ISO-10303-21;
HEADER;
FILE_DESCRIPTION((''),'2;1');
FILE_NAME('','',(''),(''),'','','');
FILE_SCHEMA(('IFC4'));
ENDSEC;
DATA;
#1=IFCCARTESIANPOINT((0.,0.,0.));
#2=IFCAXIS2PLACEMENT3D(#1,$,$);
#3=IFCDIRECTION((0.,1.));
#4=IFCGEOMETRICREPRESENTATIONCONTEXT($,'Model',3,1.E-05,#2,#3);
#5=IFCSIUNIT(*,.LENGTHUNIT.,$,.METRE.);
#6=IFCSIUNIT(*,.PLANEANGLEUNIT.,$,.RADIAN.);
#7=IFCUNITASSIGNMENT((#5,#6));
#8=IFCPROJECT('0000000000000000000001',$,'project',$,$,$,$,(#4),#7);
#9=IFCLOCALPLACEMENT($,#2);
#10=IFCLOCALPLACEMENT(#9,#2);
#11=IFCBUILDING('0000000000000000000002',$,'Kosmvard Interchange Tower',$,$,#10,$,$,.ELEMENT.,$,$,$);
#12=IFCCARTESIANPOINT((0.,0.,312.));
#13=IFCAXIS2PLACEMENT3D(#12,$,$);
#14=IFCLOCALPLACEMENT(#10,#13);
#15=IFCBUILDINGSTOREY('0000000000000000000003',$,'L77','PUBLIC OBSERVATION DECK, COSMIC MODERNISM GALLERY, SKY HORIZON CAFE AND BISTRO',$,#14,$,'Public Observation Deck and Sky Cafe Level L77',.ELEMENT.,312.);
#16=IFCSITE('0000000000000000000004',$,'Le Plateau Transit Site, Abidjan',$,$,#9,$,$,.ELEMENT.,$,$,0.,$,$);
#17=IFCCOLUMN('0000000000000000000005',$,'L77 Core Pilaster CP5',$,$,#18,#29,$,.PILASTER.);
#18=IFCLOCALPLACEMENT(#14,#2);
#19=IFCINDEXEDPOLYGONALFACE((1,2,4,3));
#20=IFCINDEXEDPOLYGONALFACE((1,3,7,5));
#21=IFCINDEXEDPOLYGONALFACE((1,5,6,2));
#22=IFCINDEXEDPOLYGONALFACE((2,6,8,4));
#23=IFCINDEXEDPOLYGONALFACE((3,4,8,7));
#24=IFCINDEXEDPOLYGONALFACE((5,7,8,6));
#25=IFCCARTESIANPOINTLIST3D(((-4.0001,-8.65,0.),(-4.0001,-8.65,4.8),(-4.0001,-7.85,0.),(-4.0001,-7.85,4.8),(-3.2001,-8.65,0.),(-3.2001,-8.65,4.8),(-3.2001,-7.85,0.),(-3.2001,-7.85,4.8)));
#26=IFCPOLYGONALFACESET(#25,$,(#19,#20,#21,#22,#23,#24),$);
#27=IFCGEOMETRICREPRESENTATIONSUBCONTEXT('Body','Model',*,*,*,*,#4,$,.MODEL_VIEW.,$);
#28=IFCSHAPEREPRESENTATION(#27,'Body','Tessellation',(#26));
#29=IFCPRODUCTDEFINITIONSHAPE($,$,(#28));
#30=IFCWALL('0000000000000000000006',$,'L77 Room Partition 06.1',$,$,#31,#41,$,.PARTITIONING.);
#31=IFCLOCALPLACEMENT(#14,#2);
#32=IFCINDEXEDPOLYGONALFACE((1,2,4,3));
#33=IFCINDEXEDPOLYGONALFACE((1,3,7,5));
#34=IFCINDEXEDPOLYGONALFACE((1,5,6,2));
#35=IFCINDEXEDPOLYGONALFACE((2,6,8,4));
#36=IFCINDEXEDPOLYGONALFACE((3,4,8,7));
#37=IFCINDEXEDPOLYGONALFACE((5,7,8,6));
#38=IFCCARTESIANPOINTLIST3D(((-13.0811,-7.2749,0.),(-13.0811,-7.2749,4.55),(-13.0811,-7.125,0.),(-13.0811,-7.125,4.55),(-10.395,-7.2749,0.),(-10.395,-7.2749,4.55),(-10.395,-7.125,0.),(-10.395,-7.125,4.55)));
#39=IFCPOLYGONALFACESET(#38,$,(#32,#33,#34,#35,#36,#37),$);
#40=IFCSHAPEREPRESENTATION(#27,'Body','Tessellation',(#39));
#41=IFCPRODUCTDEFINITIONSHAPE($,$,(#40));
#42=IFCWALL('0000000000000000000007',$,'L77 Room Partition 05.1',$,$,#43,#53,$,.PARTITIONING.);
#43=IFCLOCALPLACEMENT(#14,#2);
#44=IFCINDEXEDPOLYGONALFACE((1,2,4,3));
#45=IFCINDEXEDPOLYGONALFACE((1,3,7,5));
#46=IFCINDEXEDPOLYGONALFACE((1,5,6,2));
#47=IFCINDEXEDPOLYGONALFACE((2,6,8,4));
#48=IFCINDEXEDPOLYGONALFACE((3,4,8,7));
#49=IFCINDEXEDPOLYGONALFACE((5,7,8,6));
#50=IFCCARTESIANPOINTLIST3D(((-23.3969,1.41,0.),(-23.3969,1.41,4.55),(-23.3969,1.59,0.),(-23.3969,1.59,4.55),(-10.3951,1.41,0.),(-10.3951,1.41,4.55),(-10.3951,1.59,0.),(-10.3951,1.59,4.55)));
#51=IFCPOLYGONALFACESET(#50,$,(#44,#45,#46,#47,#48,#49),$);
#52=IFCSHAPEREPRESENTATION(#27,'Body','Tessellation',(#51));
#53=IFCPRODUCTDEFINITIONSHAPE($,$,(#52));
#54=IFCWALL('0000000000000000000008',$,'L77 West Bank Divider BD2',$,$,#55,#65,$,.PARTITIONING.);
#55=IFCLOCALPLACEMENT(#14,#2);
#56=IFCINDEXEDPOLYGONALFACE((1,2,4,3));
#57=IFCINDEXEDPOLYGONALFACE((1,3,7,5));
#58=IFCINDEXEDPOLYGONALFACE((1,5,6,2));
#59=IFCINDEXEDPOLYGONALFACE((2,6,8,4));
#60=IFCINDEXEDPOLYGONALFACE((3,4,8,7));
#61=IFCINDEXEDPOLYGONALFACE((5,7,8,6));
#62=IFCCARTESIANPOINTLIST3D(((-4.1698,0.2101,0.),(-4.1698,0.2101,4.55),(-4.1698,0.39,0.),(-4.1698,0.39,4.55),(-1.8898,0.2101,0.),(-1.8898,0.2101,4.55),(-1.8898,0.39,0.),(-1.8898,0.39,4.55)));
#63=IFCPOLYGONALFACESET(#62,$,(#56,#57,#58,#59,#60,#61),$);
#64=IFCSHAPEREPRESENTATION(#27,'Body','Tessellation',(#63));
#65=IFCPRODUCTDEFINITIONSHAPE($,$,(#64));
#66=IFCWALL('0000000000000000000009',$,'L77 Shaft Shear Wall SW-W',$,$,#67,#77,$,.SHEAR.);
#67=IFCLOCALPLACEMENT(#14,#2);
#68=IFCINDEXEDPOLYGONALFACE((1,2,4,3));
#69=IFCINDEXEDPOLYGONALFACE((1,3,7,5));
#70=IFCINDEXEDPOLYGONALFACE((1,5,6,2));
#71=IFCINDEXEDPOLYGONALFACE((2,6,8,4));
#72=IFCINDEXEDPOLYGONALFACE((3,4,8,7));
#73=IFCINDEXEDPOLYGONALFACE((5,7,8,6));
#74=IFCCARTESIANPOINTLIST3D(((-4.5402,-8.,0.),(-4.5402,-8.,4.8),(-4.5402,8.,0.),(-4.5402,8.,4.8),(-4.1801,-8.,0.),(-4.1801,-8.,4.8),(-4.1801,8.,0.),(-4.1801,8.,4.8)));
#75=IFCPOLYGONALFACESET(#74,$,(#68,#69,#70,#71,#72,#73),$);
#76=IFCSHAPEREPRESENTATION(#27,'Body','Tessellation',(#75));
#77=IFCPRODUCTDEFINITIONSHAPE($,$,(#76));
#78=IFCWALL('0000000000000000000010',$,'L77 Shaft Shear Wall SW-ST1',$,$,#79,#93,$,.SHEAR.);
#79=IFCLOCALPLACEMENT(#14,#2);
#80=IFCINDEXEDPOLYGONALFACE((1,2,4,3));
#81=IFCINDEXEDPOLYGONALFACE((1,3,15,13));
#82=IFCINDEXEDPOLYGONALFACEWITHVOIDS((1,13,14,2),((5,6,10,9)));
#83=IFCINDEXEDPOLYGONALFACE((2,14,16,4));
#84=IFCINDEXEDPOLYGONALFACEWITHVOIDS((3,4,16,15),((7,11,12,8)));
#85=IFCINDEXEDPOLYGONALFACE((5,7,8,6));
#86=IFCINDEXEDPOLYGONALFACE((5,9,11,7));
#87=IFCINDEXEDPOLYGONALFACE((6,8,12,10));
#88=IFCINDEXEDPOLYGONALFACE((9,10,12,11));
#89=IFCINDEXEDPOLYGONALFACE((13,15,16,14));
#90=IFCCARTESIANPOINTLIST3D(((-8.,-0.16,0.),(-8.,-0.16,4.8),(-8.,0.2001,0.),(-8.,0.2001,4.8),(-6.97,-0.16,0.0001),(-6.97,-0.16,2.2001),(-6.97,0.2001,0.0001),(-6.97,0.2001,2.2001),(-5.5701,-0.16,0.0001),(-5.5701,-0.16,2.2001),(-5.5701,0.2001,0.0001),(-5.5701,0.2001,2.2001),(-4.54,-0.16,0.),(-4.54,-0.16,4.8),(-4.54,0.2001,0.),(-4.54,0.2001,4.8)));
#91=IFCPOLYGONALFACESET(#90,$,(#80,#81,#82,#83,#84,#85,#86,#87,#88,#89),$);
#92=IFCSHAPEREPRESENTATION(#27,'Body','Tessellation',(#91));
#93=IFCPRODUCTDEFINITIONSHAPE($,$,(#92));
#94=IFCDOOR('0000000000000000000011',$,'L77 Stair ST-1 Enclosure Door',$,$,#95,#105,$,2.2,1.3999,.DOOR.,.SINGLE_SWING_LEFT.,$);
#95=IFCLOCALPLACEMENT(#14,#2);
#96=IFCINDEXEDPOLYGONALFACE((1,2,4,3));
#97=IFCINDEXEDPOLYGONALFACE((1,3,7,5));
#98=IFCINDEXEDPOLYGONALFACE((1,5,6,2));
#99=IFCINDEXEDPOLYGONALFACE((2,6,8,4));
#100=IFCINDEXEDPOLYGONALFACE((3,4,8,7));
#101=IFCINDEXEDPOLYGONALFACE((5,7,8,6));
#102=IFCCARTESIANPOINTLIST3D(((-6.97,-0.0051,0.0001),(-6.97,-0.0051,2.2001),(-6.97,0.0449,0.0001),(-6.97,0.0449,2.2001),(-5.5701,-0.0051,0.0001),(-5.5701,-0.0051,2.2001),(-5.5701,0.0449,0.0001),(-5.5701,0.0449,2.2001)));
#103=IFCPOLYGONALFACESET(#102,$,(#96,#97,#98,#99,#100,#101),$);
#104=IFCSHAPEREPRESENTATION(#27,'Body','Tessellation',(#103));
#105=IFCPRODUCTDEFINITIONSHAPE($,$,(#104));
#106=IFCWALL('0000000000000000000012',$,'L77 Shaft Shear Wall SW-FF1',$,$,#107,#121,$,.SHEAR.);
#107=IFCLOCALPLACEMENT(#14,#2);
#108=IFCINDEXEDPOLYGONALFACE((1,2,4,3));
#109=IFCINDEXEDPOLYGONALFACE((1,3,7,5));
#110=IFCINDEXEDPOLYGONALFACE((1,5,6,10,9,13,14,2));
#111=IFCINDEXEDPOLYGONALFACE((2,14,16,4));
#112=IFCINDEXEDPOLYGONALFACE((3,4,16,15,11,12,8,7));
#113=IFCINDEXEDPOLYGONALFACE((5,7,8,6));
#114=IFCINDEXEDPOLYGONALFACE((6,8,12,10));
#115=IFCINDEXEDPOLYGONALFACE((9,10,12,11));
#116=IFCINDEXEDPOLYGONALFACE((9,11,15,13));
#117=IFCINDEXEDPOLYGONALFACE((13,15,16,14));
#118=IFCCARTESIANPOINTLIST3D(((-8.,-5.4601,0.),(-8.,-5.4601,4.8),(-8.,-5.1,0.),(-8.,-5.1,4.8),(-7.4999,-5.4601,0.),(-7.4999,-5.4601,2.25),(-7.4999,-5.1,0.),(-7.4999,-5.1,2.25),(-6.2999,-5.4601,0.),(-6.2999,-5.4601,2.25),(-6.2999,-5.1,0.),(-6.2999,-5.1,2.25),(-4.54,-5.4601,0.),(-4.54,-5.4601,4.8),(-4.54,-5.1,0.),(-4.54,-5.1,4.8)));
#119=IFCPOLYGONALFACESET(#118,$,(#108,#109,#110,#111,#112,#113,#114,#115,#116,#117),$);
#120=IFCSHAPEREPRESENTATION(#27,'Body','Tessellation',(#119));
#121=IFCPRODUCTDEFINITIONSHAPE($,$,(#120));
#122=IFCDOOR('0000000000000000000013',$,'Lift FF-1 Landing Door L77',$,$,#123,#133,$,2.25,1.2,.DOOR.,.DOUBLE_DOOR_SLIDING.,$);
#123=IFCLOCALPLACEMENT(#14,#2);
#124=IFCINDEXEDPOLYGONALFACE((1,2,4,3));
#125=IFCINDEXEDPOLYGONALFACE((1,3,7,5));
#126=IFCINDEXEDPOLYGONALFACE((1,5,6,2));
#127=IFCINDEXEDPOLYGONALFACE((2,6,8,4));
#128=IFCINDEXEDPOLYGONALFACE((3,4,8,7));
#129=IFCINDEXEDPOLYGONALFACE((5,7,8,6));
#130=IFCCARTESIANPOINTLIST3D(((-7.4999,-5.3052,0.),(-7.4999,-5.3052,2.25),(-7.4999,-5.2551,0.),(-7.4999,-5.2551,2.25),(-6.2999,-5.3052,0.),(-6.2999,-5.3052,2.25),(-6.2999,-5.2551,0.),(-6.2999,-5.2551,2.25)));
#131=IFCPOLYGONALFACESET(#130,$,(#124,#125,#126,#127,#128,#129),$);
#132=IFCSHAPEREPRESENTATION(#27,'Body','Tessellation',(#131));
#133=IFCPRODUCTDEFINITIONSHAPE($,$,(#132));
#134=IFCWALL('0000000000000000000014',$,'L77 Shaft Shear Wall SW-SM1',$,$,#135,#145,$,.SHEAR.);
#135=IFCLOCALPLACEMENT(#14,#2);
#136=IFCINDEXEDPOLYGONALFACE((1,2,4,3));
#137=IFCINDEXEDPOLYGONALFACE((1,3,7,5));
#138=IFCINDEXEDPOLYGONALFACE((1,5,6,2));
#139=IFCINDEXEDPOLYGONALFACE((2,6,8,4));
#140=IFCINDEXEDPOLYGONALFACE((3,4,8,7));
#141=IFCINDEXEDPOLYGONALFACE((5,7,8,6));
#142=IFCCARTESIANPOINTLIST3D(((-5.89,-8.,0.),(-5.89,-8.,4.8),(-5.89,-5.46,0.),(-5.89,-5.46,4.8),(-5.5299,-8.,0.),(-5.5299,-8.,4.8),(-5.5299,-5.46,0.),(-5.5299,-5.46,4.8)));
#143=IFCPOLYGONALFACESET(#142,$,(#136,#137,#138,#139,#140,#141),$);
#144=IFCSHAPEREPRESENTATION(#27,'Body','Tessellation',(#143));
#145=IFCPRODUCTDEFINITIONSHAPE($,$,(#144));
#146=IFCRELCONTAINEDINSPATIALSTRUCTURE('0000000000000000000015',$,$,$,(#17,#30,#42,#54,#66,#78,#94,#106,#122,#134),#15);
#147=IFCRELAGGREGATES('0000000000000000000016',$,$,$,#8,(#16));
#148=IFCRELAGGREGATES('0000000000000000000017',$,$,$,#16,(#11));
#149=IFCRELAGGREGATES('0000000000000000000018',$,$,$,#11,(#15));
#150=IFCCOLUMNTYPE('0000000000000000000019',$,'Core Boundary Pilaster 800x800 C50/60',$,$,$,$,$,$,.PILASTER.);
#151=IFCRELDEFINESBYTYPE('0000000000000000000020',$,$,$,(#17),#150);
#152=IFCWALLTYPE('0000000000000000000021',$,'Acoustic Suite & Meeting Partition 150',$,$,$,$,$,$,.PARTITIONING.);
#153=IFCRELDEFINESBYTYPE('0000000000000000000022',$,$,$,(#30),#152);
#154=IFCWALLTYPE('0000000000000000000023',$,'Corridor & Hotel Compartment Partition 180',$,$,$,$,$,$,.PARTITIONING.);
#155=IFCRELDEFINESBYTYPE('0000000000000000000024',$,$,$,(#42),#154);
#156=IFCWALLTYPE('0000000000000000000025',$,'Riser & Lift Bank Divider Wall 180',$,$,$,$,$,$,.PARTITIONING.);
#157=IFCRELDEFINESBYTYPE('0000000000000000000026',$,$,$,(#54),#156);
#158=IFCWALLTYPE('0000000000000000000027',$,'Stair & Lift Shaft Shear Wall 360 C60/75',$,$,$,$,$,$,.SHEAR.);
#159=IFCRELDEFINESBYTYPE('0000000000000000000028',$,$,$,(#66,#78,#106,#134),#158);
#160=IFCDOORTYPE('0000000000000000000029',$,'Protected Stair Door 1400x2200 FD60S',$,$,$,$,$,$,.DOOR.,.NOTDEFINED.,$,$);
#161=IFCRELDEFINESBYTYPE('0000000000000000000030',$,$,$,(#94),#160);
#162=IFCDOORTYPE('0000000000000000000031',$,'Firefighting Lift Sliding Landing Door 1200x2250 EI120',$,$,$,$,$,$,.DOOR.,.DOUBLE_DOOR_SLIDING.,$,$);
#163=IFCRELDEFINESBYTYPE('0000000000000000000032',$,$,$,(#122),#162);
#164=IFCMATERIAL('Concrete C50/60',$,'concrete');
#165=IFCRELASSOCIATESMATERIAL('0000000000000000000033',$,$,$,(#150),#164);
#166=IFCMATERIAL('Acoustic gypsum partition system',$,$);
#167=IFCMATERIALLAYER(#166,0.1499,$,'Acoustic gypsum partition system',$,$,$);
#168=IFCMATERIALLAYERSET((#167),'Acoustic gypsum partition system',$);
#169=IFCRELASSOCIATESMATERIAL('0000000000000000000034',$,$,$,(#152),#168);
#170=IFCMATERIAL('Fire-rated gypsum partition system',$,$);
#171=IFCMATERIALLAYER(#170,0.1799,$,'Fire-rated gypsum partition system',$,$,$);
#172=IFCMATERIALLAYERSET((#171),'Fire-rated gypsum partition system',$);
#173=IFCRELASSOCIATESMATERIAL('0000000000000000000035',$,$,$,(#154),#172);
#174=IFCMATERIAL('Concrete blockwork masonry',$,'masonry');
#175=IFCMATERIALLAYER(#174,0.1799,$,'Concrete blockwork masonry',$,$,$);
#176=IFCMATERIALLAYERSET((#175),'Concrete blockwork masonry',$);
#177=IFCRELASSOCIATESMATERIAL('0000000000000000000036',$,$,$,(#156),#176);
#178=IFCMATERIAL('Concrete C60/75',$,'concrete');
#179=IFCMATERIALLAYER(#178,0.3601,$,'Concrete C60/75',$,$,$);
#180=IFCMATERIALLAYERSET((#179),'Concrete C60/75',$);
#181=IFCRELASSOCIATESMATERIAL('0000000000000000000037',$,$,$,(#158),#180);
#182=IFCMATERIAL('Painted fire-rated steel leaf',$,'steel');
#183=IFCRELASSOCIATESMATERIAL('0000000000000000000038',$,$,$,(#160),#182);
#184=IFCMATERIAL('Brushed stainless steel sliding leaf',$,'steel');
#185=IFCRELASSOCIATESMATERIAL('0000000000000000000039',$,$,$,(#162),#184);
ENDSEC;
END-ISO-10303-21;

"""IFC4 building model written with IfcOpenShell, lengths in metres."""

from ifc_helpers import new_model, si_unit, direction, frame, frame_2d, origin, origin_2d, place, context, subcontext, project, spatial, rectangle, extrude, source, transform, mapped, material, layer, layer_set, material_profile, profile_set, type_object, element, fill, save


model = new_model("IFC4")

# Units and contexts
model_context = context("Model", 3, precision=1e-05, world=origin(), true_north=direction((0.0, 1.0)))
body_context = subcontext(model_context, "Body", "Model", "MODEL_VIEW")
ifc_project = project(units=[si_unit("LENGTHUNIT", "METRE"), si_unit("PLANEANGLEUNIT", "RADIAN")], contexts=[model_context])

# Site, building, storey
site_placement = place(None, origin())
site = spatial("IfcSite", under=ifc_project, at=site_placement, Name="Le Plateau Transit Site, Abidjan", CompositionType="ELEMENT", RefElevation=0.0)
building_placement = place(site_placement, origin())
building = spatial("IfcBuilding", under=site, at=building_placement, Name="Kosmvard Interchange Tower", CompositionType="ELEMENT")
storey_placement = place(building_placement, frame((0.0, 0.0, 312.0)))
storey = spatial("IfcBuildingStorey", under=building, at=storey_placement, Name="L77", Description="PUBLIC OBSERVATION DECK, COSMIC MODERNISM GALLERY, SKY HORIZON CAFE AND BISTRO", LongName="Public Observation Deck and Sky Cafe Level L77", CompositionType="ELEMENT", Elevation=312.0)

# Column
ifc_material_1 = material(Name="Concrete C50/60", Category="concrete")
ifc_material_profile = material_profile(ifc_material_1, rectangle(XDim=0.8, YDim=0.8, at=origin_2d()), Name="CP 800x800")
ifc_profile_set = profile_set([ifc_material_profile], Name="Concrete C50/60")
column_type = type_object("IfcColumnType", Name="Core Boundary Pilaster 800x800 C50/60", PredefinedType="PILASTER", material=ifc_profile_set)
shared_shape_1 = source(origin(), body_context, "Body", "SweptSolid", [
    extrude(rectangle(XDim=0.8, YDim=0.8, at=origin_2d()), origin(), (0.0, 0.0, 1.0), 4.8),
])
column_placement = place(storey_placement, frame((-3.6001, -8.25, 0.0), z_axis=(0.0, 0.0, 1.0), x_axis=(1.0, 0.0, 0.0)))
element("IfcColumn", 1, at=column_placement, inside=storey, type_object=column_type, Name="L77 Core Pilaster CP5", PredefinedType="PILASTER", context=body_context, shape_type="MappedRepresentation", body=[
    mapped(shared_shape_1, transform((0.0, 0.0, 0.0), scale=1.0)),
])

# Walls
ifc_material_2 = material(Name="Acoustic gypsum partition system")
ifc_layer_1 = layer(ifc_material_2, 0.1499, Name="Acoustic gypsum partition system")
ifc_layer_set_1 = layer_set([ifc_layer_1], Name="Acoustic gypsum partition system")
wall_type_1 = type_object("IfcWallType", Name="Acoustic Suite & Meeting Partition 150", PredefinedType="PARTITIONING", material=ifc_layer_set_1)
wall_1_placement = place(storey_placement, frame((-10.395, -7.2, 0.0), z_axis=(0.0, 0.0, 1.0), x_axis=(-1.0, 0.0, 0.0)))
element("IfcWall", 2, at=wall_1_placement, inside=storey, type_object=wall_type_1, Name="L77 Room Partition 06.1", PredefinedType="PARTITIONING", context=body_context, shape_type="SweptSolid", body=[
    extrude(rectangle(XDim=2.686, YDim=0.1499, at=frame_2d((1.343, 0.0))), origin(), (0.0, 0.0, 1.0), 4.55),
])
ifc_material_3 = material(Name="Fire-rated gypsum partition system")
ifc_layer_2 = layer(ifc_material_3, 0.1799, Name="Fire-rated gypsum partition system")
ifc_layer_set_2 = layer_set([ifc_layer_2], Name="Fire-rated gypsum partition system")
wall_type_2 = type_object("IfcWallType", Name="Corridor & Hotel Compartment Partition 180", PredefinedType="PARTITIONING", material=ifc_layer_set_2)
wall_2_placement = place(storey_placement, frame((-10.395, 1.5, 0.0), z_axis=(0.0, 0.0, 1.0), x_axis=(-1.0, 0.0, 0.0)))
element("IfcWall", 3, at=wall_2_placement, inside=storey, type_object=wall_type_2, Name="L77 Room Partition 05.1", PredefinedType="PARTITIONING", context=body_context, shape_type="SweptSolid", body=[
    extrude(rectangle(XDim=13.0017, YDim=0.1799, at=frame_2d((6.501, 0.0))), origin(), (0.0, 0.0, 1.0), 4.55),
])
ifc_material_4 = material(Name="Concrete blockwork masonry", Category="masonry")
ifc_layer_3 = layer(ifc_material_4, 0.1799, Name="Concrete blockwork masonry")
ifc_layer_set_3 = layer_set([ifc_layer_3], Name="Concrete blockwork masonry")
wall_type_3 = type_object("IfcWallType", Name="Riser & Lift Bank Divider Wall 180", PredefinedType="PARTITIONING", material=ifc_layer_set_3)
wall_3_placement = place(storey_placement, frame((-4.1699, 0.3, 0.0), z_axis=(0.0, 0.0, 1.0), x_axis=(1.0, 0.0, 0.0)))
element("IfcWall", 4, at=wall_3_placement, inside=storey, type_object=wall_type_3, Name="L77 West Bank Divider BD2", PredefinedType="PARTITIONING", context=body_context, shape_type="SweptSolid", body=[
    extrude(rectangle(XDim=2.28, YDim=0.1799, at=frame_2d((1.1401, 0.0))), origin(), (0.0, 0.0, 1.0), 4.55),
])
ifc_material_5 = material(Name="Concrete C60/75", Category="concrete")
ifc_layer_4 = layer(ifc_material_5, 0.3601, Name="Concrete C60/75")
ifc_layer_set_4 = layer_set([ifc_layer_4], Name="Concrete C60/75")
wall_type_4 = type_object("IfcWallType", Name="Stair & Lift Shaft Shear Wall 360 C60/75", PredefinedType="SHEAR", material=ifc_layer_set_4)
wall_4_placement = place(storey_placement, frame((-4.3601, -8.0, 0.0), z_axis=(0.0, 0.0, 1.0), x_axis=(0.0, 1.0, 0.0)))
element("IfcWall", 5, at=wall_4_placement, inside=storey, type_object=wall_type_4, Name="L77 Shaft Shear Wall SW-W", PredefinedType="SHEAR", context=body_context, shape_type="SweptSolid", body=[
    extrude(rectangle(XDim=16.0, YDim=0.3601, at=frame_2d((8.0, 0.0))), origin(), (0.0, 0.0, 1.0), 4.8),
])

# Walls, openings, doors
wall_5_placement = place(storey_placement, frame((-8.0, 0.02, 0.0), z_axis=(0.0, 0.0, 1.0), x_axis=(1.0, 0.0, 0.0)))
wall_5 = element("IfcWall", 6, at=wall_5_placement, inside=storey, type_object=wall_type_4, Name="L77 Shaft Shear Wall SW-ST1", PredefinedType="SHEAR", context=body_context, shape_type="SweptSolid", body=[
    extrude(rectangle(XDim=3.46, YDim=0.3601, at=frame_2d((1.73, 0.0))), origin(), (0.0, 0.0, 1.0), 4.8),
])
opening_1_placement = place(wall_5_placement, frame((1.03, 0.0, 0.0)))
opening_1 = element("IfcOpeningElement", 7, at=opening_1_placement, cuts=wall_5, PredefinedType="OPENING", context=body_context, shape_type="SweptSolid", body=[
    extrude(rectangle(XDim=1.3999, YDim=2.2, at=frame_2d((0.7, 1.1001))), frame((0.0, 0.1899, 0.0), z_axis=(0.0, -1.0, 0.0), x_axis=(1.0, 0.0, 0.0)), (0.0, 0.0, 1.0), 0.3801),
])
ifc_material_6 = material(Name="Painted fire-rated steel leaf", Category="steel")
door_type_1 = type_object("IfcDoorType", Name="Protected Stair Door 1400x2200 FD60S", OperationType="NOTDEFINED", PredefinedType="DOOR", material=ifc_material_6)
shared_shape_2 = source(origin(), body_context, "Body", "SweptSolid", [
    extrude(rectangle(XDim=1.3999, YDim=2.2, at=frame_2d((0.7, 1.1001))), frame((0.0, 0.0249, 0.0), z_axis=(0.0, -1.0, 0.0), x_axis=(1.0, 0.0, 0.0)), (0.0, 0.0, 1.0), 0.05),
])
door_1_placement = place(opening_1_placement, origin())
door_1 = element("IfcDoor", 8, at=door_1_placement, inside=storey, type_object=door_type_1, Name="L77 Stair ST-1 Enclosure Door", OperationType="SINGLE_SWING_LEFT", OverallHeight=2.2, OverallWidth=1.3999, PredefinedType="DOOR", context=body_context, shape_type="MappedRepresentation", body=[
    mapped(shared_shape_2, transform((0.0, 0.0, 0.0), scale=1.0)),
])
fill(opening_1, door_1)
wall_6_placement = place(storey_placement, frame((-8.0, -5.28, 0.0), z_axis=(0.0, 0.0, 1.0), x_axis=(1.0, 0.0, 0.0)))
wall_6 = element("IfcWall", 9, at=wall_6_placement, inside=storey, type_object=wall_type_4, Name="L77 Shaft Shear Wall SW-FF1", PredefinedType="SHEAR", context=body_context, shape_type="SweptSolid", body=[
    extrude(rectangle(XDim=3.46, YDim=0.3601, at=frame_2d((1.73, 0.0))), origin(), (0.0, 0.0, 1.0), 4.8),
])
opening_2_placement = place(wall_6_placement, frame((0.5, 0.0, 0.0)))
opening_2 = element("IfcOpeningElement", 10, at=opening_2_placement, cuts=wall_6, PredefinedType="OPENING", context=body_context, shape_type="SweptSolid", body=[
    extrude(rectangle(XDim=1.2, YDim=2.25, at=frame_2d((0.6001, 1.125))), frame((0.0, 0.1899, 0.0), z_axis=(0.0, -1.0, 0.0), x_axis=(1.0, 0.0, 0.0)), (0.0, 0.0, 1.0), 0.3801),
])
ifc_material_7 = material(Name="Brushed stainless steel sliding leaf", Category="steel")
door_type_2 = type_object("IfcDoorType", Name="Firefighting Lift Sliding Landing Door 1200x2250 EI120", OperationType="DOUBLE_DOOR_SLIDING", PredefinedType="DOOR", material=ifc_material_7)
shared_shape_3 = source(origin(), body_context, "Body", "SweptSolid", [
    extrude(rectangle(XDim=1.2, YDim=2.25, at=frame_2d((0.6001, 1.125))), frame((0.0, 0.0249, 0.0), z_axis=(0.0, -1.0, 0.0), x_axis=(1.0, 0.0, 0.0)), (0.0, 0.0, 1.0), 0.05),
])
door_2_placement = place(opening_2_placement, origin())
door_2 = element("IfcDoor", 11, at=door_2_placement, inside=storey, type_object=door_type_2, Name="Lift FF-1 Landing Door L77", OperationType="DOUBLE_DOOR_SLIDING", OverallHeight=2.25, OverallWidth=1.2, PredefinedType="DOOR", context=body_context, shape_type="MappedRepresentation", body=[
    mapped(shared_shape_3, transform((0.0, 0.0, 0.0), scale=1.0)),
])
fill(opening_2, door_2)

# Wall
wall_7_placement = place(storey_placement, frame((-5.71, -8.0, 0.0), z_axis=(0.0, 0.0, 1.0), x_axis=(0.0, 1.0, 0.0)))
element("IfcWall", 12, at=wall_7_placement, inside=storey, type_object=wall_type_4, Name="L77 Shaft Shear Wall SW-SM1", PredefinedType="SHEAR", context=body_context, shape_type="SweptSolid", body=[
    extrude(rectangle(XDim=2.54, YDim=0.3601, at=frame_2d((1.27, 0.0))), origin(), (0.0, 0.0, 1.0), 4.8),
])

save(model, "model.ifc")
